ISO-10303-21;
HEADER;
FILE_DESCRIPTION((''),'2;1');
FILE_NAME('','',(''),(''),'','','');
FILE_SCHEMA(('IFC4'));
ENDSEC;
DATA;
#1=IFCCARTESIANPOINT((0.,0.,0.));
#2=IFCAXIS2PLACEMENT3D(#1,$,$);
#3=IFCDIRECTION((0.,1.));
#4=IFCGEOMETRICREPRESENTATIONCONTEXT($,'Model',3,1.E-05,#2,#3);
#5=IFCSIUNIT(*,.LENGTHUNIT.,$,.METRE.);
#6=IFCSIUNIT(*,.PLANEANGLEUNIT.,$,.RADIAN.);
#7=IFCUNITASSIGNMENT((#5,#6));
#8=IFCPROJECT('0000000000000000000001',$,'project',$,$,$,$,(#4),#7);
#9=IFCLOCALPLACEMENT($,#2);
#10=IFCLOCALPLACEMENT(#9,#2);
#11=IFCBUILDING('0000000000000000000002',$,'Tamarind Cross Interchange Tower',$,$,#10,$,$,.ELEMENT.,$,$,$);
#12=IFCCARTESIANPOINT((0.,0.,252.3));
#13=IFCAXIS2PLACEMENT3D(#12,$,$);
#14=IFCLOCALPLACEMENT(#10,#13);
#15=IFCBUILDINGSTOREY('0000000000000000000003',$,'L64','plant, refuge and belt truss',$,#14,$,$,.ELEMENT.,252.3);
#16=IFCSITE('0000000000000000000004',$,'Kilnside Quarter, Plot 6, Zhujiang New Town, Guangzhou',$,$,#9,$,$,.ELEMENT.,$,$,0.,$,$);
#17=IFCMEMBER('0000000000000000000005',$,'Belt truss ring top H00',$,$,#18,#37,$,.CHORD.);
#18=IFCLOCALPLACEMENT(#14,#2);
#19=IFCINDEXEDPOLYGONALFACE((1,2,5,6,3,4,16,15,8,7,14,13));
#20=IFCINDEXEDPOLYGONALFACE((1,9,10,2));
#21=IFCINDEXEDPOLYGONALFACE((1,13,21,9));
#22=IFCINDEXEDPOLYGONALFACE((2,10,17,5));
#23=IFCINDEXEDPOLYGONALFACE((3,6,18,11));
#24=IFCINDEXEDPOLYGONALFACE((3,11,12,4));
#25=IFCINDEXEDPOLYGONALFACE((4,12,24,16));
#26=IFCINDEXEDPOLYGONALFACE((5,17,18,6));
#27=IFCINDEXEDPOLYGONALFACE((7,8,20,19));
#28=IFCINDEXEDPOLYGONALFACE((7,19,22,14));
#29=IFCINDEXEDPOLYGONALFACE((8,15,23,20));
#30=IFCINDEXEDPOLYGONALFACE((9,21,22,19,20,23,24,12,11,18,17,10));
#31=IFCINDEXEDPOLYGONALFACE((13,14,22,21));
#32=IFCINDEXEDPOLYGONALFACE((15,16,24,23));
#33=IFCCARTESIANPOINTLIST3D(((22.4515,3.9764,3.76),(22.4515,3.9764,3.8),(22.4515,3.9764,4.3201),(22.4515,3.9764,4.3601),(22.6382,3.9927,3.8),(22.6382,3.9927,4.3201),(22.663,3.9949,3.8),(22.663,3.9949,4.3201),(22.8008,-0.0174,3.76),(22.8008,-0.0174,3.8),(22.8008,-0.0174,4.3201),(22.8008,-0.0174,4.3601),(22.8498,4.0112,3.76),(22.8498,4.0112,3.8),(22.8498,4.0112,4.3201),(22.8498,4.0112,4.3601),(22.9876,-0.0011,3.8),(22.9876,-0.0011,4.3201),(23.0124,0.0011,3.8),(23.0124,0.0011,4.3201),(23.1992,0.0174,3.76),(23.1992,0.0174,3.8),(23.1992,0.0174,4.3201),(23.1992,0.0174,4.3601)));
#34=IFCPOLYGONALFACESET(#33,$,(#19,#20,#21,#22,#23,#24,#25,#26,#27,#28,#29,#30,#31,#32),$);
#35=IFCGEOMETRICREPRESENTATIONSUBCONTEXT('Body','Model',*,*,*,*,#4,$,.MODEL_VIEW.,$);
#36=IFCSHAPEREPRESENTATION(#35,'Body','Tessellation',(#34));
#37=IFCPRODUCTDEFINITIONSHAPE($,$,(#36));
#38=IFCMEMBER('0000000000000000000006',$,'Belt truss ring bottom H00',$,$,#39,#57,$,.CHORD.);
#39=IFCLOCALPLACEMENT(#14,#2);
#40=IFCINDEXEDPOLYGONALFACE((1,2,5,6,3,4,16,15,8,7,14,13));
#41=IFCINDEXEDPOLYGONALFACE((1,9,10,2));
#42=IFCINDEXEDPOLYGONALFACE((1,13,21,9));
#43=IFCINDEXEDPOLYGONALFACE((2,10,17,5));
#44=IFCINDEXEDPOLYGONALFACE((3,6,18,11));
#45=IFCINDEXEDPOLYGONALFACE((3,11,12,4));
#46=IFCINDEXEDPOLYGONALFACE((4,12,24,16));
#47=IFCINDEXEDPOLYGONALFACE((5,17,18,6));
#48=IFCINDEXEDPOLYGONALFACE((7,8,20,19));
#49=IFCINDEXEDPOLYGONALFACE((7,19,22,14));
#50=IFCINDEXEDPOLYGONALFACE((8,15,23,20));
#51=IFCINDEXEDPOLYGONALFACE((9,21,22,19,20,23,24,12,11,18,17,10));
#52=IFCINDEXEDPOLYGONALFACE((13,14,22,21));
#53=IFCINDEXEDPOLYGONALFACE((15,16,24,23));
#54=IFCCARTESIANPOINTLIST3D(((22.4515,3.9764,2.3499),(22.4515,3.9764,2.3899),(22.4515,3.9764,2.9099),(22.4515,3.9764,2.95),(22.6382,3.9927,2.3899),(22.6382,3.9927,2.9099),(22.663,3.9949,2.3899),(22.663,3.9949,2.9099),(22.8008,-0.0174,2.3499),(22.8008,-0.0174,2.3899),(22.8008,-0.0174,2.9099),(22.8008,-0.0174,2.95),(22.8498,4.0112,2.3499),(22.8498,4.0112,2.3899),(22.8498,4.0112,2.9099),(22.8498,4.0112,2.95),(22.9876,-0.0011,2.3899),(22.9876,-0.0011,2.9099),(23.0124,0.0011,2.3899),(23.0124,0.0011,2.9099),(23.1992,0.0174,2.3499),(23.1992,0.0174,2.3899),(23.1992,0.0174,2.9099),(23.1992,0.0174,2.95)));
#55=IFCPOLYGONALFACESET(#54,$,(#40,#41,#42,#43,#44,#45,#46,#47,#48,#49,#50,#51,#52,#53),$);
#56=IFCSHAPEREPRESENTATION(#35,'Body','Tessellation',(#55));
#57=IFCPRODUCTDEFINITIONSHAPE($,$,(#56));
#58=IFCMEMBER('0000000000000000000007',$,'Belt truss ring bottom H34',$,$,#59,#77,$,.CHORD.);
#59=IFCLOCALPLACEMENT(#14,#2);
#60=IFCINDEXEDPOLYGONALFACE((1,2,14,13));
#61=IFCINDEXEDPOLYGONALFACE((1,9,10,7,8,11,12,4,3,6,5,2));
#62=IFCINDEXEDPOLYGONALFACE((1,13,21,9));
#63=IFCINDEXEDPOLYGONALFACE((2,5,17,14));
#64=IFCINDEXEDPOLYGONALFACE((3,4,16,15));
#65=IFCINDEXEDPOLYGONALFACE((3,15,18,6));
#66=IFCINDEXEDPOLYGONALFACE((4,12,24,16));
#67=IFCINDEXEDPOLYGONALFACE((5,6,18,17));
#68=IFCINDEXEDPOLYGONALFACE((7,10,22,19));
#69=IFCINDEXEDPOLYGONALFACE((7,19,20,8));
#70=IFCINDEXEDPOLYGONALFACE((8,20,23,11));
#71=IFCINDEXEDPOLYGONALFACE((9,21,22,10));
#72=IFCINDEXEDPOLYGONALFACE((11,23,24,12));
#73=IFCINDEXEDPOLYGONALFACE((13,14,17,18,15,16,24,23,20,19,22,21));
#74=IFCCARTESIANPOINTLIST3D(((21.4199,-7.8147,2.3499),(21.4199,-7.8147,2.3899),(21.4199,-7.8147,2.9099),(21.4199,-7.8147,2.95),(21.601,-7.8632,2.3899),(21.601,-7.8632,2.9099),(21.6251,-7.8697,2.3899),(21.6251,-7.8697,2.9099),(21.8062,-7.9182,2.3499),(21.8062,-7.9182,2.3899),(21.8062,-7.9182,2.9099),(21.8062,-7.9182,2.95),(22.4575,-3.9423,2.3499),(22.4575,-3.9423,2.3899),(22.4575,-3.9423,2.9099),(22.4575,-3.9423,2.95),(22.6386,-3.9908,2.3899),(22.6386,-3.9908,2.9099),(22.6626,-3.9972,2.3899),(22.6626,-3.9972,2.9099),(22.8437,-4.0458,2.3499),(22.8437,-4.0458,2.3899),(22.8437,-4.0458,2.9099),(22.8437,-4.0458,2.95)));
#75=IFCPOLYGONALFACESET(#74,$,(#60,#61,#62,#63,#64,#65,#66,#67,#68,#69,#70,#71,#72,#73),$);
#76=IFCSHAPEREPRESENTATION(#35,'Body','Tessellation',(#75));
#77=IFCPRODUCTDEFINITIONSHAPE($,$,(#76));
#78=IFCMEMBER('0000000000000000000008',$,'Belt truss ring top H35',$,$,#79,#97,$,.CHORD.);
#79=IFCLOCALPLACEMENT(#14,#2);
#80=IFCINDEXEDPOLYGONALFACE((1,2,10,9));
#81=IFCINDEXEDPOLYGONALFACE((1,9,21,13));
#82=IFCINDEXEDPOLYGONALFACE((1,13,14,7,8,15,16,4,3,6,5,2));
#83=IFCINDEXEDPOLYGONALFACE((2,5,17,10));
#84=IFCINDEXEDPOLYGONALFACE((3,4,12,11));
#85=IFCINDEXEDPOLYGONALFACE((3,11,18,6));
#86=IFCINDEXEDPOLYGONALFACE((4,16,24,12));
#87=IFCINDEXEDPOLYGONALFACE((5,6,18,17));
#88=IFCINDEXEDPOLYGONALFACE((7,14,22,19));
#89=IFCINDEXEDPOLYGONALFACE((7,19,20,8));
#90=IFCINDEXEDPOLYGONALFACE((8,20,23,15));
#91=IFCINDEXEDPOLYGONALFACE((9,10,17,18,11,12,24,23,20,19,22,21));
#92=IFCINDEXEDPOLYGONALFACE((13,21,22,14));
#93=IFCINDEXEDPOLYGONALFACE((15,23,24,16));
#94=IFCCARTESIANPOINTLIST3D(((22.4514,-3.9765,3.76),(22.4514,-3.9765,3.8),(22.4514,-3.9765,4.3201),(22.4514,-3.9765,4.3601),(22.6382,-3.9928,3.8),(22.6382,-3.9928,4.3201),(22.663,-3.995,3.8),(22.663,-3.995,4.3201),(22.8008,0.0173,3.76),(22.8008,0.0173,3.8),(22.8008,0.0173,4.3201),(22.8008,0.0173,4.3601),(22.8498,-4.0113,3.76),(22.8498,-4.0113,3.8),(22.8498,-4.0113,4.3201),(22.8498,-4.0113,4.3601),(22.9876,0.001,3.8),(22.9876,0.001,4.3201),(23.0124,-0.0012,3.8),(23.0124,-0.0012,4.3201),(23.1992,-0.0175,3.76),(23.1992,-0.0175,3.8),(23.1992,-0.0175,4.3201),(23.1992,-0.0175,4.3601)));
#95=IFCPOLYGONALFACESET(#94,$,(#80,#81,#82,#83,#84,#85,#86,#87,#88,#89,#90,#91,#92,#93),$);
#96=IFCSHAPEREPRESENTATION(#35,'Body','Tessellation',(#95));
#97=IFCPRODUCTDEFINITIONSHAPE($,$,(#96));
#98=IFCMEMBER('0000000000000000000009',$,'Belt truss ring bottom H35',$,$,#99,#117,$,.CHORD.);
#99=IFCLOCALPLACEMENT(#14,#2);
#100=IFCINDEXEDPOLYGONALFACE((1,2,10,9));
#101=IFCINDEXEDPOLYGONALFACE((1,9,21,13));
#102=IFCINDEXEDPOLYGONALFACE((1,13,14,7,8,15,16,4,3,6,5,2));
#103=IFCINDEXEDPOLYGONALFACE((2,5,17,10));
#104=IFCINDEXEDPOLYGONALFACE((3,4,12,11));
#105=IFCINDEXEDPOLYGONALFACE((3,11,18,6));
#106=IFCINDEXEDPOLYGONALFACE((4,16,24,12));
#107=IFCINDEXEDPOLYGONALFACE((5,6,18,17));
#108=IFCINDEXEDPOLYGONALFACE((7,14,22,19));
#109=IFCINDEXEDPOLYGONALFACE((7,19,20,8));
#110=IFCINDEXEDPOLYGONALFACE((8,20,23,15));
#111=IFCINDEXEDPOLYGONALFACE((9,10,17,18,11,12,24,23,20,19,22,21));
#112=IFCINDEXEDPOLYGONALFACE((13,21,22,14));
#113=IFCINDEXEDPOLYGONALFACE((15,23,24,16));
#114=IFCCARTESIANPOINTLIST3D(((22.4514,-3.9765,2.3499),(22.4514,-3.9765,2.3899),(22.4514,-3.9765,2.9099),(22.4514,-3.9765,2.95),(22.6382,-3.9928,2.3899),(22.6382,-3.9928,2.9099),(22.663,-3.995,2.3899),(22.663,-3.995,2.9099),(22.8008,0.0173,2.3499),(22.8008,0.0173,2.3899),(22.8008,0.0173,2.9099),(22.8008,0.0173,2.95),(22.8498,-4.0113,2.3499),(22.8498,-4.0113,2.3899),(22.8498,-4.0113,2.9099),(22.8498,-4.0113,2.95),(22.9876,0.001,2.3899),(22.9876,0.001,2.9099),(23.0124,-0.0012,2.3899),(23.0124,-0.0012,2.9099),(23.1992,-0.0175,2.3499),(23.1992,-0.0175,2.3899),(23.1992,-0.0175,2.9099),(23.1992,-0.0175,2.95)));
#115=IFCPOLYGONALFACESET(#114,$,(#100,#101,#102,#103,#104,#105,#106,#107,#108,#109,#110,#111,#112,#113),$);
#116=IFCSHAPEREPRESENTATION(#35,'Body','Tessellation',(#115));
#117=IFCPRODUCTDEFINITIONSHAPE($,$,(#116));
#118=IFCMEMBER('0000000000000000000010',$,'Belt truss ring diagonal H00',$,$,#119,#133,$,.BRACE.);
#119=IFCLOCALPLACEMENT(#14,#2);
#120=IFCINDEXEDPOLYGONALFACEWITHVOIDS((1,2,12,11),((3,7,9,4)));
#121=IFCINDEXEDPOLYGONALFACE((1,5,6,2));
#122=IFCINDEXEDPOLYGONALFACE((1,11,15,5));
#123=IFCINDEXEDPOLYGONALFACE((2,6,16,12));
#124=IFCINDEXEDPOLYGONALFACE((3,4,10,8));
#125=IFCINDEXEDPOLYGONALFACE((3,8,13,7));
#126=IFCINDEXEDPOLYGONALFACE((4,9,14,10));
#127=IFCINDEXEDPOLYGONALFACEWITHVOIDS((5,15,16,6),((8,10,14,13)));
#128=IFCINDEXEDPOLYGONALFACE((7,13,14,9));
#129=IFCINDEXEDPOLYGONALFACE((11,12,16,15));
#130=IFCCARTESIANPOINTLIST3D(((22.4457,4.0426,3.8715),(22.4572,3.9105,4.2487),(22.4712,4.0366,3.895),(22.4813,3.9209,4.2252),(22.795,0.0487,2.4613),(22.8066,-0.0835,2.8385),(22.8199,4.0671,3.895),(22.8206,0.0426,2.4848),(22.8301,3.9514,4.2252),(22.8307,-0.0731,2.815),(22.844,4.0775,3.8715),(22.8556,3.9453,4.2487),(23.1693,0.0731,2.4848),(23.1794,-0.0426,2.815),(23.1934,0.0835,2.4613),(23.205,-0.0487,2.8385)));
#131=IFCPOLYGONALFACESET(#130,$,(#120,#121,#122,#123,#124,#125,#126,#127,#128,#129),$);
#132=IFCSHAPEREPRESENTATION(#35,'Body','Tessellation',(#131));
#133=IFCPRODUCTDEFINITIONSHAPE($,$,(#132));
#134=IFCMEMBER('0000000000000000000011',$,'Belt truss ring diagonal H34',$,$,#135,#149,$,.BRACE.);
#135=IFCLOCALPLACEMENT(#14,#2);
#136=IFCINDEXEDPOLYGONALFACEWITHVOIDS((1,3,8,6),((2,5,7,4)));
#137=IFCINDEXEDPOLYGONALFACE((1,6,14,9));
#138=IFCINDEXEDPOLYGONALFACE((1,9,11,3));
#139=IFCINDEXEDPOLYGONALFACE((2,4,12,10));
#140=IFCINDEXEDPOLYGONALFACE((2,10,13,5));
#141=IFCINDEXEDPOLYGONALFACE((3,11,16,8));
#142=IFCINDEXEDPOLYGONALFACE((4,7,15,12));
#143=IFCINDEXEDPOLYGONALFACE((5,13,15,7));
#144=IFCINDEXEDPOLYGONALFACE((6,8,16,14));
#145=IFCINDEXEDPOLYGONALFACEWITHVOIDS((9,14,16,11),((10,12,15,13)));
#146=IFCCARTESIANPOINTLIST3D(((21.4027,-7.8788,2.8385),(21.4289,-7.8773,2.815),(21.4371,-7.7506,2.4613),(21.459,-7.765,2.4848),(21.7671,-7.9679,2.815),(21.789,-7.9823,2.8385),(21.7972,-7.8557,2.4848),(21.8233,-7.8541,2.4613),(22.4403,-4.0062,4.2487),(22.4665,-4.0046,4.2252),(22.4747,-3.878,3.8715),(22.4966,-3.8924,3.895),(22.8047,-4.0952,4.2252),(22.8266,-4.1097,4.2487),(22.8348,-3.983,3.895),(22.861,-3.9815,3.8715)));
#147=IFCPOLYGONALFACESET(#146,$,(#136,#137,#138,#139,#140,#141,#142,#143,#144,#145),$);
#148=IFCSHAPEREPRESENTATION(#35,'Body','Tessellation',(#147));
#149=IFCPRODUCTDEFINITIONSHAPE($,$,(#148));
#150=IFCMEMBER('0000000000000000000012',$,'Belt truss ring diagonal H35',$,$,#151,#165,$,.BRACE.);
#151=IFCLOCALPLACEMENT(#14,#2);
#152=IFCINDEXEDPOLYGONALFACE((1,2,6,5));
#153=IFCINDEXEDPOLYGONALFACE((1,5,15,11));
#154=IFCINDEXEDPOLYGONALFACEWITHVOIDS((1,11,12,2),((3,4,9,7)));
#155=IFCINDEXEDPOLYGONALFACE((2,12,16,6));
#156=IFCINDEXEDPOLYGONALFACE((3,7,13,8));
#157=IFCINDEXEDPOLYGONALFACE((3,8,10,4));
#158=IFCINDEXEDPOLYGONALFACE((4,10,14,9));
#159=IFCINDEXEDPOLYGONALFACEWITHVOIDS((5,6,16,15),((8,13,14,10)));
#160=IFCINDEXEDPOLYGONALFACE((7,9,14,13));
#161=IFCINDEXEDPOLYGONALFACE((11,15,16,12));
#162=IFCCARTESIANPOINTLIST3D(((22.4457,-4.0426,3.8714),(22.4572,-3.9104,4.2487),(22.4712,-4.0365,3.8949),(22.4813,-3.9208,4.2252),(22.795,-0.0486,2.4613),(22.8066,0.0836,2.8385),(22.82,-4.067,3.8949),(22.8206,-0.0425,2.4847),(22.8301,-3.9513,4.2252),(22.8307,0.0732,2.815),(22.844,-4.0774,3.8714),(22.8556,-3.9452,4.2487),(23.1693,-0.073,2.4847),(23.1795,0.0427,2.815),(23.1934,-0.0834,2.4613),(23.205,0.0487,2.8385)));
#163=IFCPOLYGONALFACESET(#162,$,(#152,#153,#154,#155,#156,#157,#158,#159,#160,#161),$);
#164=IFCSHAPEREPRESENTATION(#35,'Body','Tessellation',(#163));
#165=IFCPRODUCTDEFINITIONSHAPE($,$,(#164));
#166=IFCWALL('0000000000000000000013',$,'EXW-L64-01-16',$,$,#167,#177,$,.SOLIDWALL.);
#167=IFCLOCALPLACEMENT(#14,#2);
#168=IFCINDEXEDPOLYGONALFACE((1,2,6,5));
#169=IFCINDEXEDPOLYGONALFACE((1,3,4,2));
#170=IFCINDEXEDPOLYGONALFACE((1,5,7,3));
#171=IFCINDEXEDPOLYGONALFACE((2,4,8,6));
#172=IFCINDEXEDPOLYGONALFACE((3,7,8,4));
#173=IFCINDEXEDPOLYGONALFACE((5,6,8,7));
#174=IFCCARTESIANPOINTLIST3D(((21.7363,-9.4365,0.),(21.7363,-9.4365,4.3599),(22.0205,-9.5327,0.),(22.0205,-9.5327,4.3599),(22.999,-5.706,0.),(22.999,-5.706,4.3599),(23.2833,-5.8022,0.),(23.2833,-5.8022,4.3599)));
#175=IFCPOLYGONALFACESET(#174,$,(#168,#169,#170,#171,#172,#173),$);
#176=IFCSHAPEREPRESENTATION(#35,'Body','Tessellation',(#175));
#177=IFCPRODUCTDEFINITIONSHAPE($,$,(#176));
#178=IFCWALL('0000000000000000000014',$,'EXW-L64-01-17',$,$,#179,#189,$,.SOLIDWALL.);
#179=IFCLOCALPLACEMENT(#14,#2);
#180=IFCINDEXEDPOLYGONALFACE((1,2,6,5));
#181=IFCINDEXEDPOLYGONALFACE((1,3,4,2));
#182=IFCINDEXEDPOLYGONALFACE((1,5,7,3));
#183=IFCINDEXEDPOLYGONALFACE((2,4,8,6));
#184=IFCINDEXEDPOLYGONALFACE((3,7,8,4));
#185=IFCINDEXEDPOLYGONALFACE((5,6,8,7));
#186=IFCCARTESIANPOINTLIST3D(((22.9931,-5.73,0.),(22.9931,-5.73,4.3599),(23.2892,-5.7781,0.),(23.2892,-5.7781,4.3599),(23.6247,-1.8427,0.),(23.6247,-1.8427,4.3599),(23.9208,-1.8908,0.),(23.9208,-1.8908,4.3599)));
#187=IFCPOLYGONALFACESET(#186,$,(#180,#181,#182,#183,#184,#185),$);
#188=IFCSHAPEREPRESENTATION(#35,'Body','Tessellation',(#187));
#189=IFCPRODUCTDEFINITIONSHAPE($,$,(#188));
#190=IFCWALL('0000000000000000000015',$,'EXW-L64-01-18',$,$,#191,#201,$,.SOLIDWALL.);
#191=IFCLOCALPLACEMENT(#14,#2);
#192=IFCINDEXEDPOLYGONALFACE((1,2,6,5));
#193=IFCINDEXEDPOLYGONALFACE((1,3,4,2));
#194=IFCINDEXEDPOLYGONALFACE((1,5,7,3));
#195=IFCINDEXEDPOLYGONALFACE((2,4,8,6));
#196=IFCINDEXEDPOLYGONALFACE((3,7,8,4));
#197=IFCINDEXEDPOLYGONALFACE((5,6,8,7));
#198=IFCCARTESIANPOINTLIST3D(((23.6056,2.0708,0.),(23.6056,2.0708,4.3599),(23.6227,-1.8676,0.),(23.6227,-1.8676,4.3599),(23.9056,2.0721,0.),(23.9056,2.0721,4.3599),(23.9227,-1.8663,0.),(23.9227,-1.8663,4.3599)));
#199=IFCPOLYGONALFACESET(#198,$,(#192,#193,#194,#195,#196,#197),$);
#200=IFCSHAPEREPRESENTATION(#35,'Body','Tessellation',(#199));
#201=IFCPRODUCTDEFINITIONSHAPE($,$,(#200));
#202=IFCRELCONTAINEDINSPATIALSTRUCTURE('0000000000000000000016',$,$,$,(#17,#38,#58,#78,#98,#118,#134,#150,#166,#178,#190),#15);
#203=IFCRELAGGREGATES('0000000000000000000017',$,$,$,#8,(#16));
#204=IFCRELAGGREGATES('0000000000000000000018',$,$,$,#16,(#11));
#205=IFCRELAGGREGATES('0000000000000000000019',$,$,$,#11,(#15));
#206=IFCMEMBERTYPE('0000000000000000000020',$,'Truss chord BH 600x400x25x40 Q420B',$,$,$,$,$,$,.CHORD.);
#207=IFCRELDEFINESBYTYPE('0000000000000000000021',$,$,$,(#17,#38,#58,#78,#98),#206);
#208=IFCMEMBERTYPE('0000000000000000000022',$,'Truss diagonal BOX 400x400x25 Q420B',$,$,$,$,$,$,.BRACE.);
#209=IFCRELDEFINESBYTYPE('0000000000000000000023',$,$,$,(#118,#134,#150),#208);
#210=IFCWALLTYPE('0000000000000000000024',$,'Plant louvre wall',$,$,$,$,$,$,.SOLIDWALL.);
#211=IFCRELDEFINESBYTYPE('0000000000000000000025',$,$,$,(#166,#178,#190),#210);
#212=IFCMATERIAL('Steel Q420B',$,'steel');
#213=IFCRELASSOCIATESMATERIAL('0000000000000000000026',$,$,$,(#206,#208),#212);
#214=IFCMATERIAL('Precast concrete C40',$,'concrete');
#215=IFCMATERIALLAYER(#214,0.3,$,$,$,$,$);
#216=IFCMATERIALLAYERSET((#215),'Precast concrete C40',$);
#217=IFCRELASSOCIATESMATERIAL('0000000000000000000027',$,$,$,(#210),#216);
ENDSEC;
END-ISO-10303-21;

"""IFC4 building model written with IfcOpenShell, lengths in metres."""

from ifc_helpers import new_model, si_unit, direction, frame, frame_2d, origin, origin_2d, place, context, subcontext, project, spatial, rectangle, hollow_rectangle, i_section, extrude, material, layer, layer_set, material_profile, profile_set, type_object, element, save


model = new_model("IFC4")

# Units and contexts
model_context = context("Model", 3, precision=1e-05, world=origin(), true_north=direction((0.0, 1.0)))
body_context = subcontext(model_context, "Body", "Model", "MODEL_VIEW")
ifc_project = project(units=[si_unit("LENGTHUNIT", "METRE"), si_unit("PLANEANGLEUNIT", "RADIAN")], contexts=[model_context])

# Site, building, storey
site_placement = place(None, origin())
site = spatial("IfcSite", under=ifc_project, at=site_placement, Name="Kilnside Quarter, Plot 6, Zhujiang New Town, Guangzhou", CompositionType="ELEMENT", RefElevation=0.0)
building_placement = place(site_placement, origin())
building = spatial("IfcBuilding", under=site, at=building_placement, Name="Tamarind Cross Interchange Tower", CompositionType="ELEMENT")
storey_placement = place(building_placement, frame((0.0, 0.0, 252.3)))
storey = spatial("IfcBuildingStorey", under=building, at=storey_placement, Name="L64", Description="plant, refuge and belt truss", CompositionType="ELEMENT", Elevation=252.3)

# Members
ifc_material_1 = material(Name="Steel Q420B", Category="steel")
ifc_material_profile_1 = material_profile(ifc_material_1, i_section(OverallWidth=0.3999, OverallDepth=0.6001, WebThickness=0.0249, FlangeThickness=0.04, at=origin_2d()), Name="BH 600x400x25x40")
ifc_profile_set_1 = profile_set([ifc_material_profile_1], Name="Steel Q420B")
member_type_1 = type_object("IfcMemberType", Name="Truss chord BH 600x400x25x40 Q420B", PredefinedType="CHORD", material=ifc_profile_set_1)
for number, where, z_axis, x_axis, name in (
    (1, (23.0, 0.0, 4.0601), (-0.087142, 0.996196, 0.0), (-0.996196, -0.087142, 0.0), "Belt truss ring top H00"),
    (2, (23.0, 0.0, 2.6499), (-0.087142, 0.996196, 0.0), (-0.996196, -0.087142, 0.0), "Belt truss ring bottom H00"),
    (3, (21.613, -7.8665, 2.6499), (0.258807, 0.965929, 0.0), (-0.965929, 0.258807, 0.0), "Belt truss ring bottom H34"),
    (4, (22.6506, -3.9939, 4.0601), (0.087142, 0.996196, 0.0), (-0.996196, 0.087142, 0.0), "Belt truss ring top H35"),
    (5, (22.6506, -3.9939, 2.6499), (0.087142, 0.996196, 0.0), (-0.996196, 0.087142, 0.0), "Belt truss ring bottom H35"),
):
    element("IfcMember", number, at=place(storey_placement, frame(where, z_axis=z_axis, x_axis=x_axis)), inside=storey, type_object=member_type_1, Name=name, PredefinedType="CHORD", context=body_context, shape_type="SweptSolid", body=[
        extrude(i_section(OverallWidth=0.3999, OverallDepth=0.6001, WebThickness=0.0249, FlangeThickness=0.04, at=origin_2d()), origin(), (0.0, 0.0, 1.0), 4.009),
    ])
ifc_material_profile_2 = material_profile(ifc_material_1, hollow_rectangle(XDim=0.3999, YDim=0.3999, WallThickness=0.0249, at=origin_2d()), Name="BOX 400x400x25")
ifc_profile_set_2 = profile_set([ifc_material_profile_2], Name="Steel Q420B")
member_type_2 = type_object("IfcMemberType", Name="Truss diagonal BOX 400x400x25 Q420B", PredefinedType="BRACE", material=ifc_profile_set_2)
for number, where, z_axis, x_axis, name in (
    (6, (23.0, 0.0, 2.6499), (-0.082205, 0.939758, 0.331808), (-0.996196, -0.087142, 0.0), "Belt truss ring diagonal H00"),
    (7, (21.613, -7.8665, 2.6499), (0.244145, 0.911206, 0.331807), (-0.965929, 0.258807, 0.0), "Belt truss ring diagonal H34"),
    (8, (22.6506, -3.9939, 4.0601), (0.082205, 0.939758, -0.331808), (-0.996196, 0.087142, 0.0), "Belt truss ring diagonal H35"),
):
    element("IfcMember", number, at=place(storey_placement, frame(where, z_axis=z_axis, x_axis=x_axis)), inside=storey, type_object=member_type_2, Name=name, PredefinedType="BRACE", context=body_context, shape_type="SweptSolid", body=[
        extrude(hollow_rectangle(XDim=0.3999, YDim=0.3999, WallThickness=0.0249, at=origin_2d()), origin(), (0.0, 0.0, 1.0), 4.25),
    ])

# Walls
ifc_material_2 = material(Name="Precast concrete C40", Category="concrete")
ifc_layer = layer(ifc_material_2, 0.3)
ifc_layer_set = layer_set([ifc_layer], Name="Precast concrete C40")
wall_type = type_object("IfcWallType", Name="Plant louvre wall", PredefinedType="SOLIDWALL", material=ifc_layer_set)
wall_1_placement = place(storey_placement, frame((21.8784, -9.4846, 0.0), z_axis=(0.0, 0.0, 1.0), x_axis=(0.320613, 0.94721, 0.0)))
element("IfcWall", 9, at=wall_1_placement, inside=storey, type_object=wall_type, Name="EXW-L64-01-16", PredefinedType="SOLIDWALL", context=body_context, shape_type="SweptSolid", body=[
    extrude(rectangle(XDim=3.9385, YDim=0.3, at=frame_2d((1.9692, 0.0))), origin(), (0.0, 0.0, 1.0), 4.3599),
])
wall_2_placement = place(storey_placement, frame((23.1411, -5.7542, 0.0), z_axis=(0.0, 0.0, 1.0), x_axis=(0.160376, 0.987056, 0.0)))
element("IfcWall", 10, at=wall_2_placement, inside=storey, type_object=wall_type, Name="EXW-L64-01-17", PredefinedType="SOLIDWALL", context=body_context, shape_type="SweptSolid", body=[
    extrude(rectangle(XDim=3.9382, YDim=0.3, at=frame_2d((1.9692, 0.0))), origin(), (0.0, 0.0, 1.0), 4.3599),
])
wall_3_placement = place(storey_placement, frame((23.7727, -1.8669, 0.0), z_axis=(0.0, 0.0, 1.0), x_axis=(-0.004339, 0.999991, 0.0)))
element("IfcWall", 11, at=wall_3_placement, inside=storey, type_object=wall_type, Name="EXW-L64-01-18", PredefinedType="SOLIDWALL", context=body_context, shape_type="SweptSolid", body=[
    extrude(rectangle(XDim=3.9385, YDim=0.3, at=frame_2d((1.9692, 0.0))), origin(), (0.0, 0.0, 1.0), 4.3599),
])

save(model, "model.ifc")
